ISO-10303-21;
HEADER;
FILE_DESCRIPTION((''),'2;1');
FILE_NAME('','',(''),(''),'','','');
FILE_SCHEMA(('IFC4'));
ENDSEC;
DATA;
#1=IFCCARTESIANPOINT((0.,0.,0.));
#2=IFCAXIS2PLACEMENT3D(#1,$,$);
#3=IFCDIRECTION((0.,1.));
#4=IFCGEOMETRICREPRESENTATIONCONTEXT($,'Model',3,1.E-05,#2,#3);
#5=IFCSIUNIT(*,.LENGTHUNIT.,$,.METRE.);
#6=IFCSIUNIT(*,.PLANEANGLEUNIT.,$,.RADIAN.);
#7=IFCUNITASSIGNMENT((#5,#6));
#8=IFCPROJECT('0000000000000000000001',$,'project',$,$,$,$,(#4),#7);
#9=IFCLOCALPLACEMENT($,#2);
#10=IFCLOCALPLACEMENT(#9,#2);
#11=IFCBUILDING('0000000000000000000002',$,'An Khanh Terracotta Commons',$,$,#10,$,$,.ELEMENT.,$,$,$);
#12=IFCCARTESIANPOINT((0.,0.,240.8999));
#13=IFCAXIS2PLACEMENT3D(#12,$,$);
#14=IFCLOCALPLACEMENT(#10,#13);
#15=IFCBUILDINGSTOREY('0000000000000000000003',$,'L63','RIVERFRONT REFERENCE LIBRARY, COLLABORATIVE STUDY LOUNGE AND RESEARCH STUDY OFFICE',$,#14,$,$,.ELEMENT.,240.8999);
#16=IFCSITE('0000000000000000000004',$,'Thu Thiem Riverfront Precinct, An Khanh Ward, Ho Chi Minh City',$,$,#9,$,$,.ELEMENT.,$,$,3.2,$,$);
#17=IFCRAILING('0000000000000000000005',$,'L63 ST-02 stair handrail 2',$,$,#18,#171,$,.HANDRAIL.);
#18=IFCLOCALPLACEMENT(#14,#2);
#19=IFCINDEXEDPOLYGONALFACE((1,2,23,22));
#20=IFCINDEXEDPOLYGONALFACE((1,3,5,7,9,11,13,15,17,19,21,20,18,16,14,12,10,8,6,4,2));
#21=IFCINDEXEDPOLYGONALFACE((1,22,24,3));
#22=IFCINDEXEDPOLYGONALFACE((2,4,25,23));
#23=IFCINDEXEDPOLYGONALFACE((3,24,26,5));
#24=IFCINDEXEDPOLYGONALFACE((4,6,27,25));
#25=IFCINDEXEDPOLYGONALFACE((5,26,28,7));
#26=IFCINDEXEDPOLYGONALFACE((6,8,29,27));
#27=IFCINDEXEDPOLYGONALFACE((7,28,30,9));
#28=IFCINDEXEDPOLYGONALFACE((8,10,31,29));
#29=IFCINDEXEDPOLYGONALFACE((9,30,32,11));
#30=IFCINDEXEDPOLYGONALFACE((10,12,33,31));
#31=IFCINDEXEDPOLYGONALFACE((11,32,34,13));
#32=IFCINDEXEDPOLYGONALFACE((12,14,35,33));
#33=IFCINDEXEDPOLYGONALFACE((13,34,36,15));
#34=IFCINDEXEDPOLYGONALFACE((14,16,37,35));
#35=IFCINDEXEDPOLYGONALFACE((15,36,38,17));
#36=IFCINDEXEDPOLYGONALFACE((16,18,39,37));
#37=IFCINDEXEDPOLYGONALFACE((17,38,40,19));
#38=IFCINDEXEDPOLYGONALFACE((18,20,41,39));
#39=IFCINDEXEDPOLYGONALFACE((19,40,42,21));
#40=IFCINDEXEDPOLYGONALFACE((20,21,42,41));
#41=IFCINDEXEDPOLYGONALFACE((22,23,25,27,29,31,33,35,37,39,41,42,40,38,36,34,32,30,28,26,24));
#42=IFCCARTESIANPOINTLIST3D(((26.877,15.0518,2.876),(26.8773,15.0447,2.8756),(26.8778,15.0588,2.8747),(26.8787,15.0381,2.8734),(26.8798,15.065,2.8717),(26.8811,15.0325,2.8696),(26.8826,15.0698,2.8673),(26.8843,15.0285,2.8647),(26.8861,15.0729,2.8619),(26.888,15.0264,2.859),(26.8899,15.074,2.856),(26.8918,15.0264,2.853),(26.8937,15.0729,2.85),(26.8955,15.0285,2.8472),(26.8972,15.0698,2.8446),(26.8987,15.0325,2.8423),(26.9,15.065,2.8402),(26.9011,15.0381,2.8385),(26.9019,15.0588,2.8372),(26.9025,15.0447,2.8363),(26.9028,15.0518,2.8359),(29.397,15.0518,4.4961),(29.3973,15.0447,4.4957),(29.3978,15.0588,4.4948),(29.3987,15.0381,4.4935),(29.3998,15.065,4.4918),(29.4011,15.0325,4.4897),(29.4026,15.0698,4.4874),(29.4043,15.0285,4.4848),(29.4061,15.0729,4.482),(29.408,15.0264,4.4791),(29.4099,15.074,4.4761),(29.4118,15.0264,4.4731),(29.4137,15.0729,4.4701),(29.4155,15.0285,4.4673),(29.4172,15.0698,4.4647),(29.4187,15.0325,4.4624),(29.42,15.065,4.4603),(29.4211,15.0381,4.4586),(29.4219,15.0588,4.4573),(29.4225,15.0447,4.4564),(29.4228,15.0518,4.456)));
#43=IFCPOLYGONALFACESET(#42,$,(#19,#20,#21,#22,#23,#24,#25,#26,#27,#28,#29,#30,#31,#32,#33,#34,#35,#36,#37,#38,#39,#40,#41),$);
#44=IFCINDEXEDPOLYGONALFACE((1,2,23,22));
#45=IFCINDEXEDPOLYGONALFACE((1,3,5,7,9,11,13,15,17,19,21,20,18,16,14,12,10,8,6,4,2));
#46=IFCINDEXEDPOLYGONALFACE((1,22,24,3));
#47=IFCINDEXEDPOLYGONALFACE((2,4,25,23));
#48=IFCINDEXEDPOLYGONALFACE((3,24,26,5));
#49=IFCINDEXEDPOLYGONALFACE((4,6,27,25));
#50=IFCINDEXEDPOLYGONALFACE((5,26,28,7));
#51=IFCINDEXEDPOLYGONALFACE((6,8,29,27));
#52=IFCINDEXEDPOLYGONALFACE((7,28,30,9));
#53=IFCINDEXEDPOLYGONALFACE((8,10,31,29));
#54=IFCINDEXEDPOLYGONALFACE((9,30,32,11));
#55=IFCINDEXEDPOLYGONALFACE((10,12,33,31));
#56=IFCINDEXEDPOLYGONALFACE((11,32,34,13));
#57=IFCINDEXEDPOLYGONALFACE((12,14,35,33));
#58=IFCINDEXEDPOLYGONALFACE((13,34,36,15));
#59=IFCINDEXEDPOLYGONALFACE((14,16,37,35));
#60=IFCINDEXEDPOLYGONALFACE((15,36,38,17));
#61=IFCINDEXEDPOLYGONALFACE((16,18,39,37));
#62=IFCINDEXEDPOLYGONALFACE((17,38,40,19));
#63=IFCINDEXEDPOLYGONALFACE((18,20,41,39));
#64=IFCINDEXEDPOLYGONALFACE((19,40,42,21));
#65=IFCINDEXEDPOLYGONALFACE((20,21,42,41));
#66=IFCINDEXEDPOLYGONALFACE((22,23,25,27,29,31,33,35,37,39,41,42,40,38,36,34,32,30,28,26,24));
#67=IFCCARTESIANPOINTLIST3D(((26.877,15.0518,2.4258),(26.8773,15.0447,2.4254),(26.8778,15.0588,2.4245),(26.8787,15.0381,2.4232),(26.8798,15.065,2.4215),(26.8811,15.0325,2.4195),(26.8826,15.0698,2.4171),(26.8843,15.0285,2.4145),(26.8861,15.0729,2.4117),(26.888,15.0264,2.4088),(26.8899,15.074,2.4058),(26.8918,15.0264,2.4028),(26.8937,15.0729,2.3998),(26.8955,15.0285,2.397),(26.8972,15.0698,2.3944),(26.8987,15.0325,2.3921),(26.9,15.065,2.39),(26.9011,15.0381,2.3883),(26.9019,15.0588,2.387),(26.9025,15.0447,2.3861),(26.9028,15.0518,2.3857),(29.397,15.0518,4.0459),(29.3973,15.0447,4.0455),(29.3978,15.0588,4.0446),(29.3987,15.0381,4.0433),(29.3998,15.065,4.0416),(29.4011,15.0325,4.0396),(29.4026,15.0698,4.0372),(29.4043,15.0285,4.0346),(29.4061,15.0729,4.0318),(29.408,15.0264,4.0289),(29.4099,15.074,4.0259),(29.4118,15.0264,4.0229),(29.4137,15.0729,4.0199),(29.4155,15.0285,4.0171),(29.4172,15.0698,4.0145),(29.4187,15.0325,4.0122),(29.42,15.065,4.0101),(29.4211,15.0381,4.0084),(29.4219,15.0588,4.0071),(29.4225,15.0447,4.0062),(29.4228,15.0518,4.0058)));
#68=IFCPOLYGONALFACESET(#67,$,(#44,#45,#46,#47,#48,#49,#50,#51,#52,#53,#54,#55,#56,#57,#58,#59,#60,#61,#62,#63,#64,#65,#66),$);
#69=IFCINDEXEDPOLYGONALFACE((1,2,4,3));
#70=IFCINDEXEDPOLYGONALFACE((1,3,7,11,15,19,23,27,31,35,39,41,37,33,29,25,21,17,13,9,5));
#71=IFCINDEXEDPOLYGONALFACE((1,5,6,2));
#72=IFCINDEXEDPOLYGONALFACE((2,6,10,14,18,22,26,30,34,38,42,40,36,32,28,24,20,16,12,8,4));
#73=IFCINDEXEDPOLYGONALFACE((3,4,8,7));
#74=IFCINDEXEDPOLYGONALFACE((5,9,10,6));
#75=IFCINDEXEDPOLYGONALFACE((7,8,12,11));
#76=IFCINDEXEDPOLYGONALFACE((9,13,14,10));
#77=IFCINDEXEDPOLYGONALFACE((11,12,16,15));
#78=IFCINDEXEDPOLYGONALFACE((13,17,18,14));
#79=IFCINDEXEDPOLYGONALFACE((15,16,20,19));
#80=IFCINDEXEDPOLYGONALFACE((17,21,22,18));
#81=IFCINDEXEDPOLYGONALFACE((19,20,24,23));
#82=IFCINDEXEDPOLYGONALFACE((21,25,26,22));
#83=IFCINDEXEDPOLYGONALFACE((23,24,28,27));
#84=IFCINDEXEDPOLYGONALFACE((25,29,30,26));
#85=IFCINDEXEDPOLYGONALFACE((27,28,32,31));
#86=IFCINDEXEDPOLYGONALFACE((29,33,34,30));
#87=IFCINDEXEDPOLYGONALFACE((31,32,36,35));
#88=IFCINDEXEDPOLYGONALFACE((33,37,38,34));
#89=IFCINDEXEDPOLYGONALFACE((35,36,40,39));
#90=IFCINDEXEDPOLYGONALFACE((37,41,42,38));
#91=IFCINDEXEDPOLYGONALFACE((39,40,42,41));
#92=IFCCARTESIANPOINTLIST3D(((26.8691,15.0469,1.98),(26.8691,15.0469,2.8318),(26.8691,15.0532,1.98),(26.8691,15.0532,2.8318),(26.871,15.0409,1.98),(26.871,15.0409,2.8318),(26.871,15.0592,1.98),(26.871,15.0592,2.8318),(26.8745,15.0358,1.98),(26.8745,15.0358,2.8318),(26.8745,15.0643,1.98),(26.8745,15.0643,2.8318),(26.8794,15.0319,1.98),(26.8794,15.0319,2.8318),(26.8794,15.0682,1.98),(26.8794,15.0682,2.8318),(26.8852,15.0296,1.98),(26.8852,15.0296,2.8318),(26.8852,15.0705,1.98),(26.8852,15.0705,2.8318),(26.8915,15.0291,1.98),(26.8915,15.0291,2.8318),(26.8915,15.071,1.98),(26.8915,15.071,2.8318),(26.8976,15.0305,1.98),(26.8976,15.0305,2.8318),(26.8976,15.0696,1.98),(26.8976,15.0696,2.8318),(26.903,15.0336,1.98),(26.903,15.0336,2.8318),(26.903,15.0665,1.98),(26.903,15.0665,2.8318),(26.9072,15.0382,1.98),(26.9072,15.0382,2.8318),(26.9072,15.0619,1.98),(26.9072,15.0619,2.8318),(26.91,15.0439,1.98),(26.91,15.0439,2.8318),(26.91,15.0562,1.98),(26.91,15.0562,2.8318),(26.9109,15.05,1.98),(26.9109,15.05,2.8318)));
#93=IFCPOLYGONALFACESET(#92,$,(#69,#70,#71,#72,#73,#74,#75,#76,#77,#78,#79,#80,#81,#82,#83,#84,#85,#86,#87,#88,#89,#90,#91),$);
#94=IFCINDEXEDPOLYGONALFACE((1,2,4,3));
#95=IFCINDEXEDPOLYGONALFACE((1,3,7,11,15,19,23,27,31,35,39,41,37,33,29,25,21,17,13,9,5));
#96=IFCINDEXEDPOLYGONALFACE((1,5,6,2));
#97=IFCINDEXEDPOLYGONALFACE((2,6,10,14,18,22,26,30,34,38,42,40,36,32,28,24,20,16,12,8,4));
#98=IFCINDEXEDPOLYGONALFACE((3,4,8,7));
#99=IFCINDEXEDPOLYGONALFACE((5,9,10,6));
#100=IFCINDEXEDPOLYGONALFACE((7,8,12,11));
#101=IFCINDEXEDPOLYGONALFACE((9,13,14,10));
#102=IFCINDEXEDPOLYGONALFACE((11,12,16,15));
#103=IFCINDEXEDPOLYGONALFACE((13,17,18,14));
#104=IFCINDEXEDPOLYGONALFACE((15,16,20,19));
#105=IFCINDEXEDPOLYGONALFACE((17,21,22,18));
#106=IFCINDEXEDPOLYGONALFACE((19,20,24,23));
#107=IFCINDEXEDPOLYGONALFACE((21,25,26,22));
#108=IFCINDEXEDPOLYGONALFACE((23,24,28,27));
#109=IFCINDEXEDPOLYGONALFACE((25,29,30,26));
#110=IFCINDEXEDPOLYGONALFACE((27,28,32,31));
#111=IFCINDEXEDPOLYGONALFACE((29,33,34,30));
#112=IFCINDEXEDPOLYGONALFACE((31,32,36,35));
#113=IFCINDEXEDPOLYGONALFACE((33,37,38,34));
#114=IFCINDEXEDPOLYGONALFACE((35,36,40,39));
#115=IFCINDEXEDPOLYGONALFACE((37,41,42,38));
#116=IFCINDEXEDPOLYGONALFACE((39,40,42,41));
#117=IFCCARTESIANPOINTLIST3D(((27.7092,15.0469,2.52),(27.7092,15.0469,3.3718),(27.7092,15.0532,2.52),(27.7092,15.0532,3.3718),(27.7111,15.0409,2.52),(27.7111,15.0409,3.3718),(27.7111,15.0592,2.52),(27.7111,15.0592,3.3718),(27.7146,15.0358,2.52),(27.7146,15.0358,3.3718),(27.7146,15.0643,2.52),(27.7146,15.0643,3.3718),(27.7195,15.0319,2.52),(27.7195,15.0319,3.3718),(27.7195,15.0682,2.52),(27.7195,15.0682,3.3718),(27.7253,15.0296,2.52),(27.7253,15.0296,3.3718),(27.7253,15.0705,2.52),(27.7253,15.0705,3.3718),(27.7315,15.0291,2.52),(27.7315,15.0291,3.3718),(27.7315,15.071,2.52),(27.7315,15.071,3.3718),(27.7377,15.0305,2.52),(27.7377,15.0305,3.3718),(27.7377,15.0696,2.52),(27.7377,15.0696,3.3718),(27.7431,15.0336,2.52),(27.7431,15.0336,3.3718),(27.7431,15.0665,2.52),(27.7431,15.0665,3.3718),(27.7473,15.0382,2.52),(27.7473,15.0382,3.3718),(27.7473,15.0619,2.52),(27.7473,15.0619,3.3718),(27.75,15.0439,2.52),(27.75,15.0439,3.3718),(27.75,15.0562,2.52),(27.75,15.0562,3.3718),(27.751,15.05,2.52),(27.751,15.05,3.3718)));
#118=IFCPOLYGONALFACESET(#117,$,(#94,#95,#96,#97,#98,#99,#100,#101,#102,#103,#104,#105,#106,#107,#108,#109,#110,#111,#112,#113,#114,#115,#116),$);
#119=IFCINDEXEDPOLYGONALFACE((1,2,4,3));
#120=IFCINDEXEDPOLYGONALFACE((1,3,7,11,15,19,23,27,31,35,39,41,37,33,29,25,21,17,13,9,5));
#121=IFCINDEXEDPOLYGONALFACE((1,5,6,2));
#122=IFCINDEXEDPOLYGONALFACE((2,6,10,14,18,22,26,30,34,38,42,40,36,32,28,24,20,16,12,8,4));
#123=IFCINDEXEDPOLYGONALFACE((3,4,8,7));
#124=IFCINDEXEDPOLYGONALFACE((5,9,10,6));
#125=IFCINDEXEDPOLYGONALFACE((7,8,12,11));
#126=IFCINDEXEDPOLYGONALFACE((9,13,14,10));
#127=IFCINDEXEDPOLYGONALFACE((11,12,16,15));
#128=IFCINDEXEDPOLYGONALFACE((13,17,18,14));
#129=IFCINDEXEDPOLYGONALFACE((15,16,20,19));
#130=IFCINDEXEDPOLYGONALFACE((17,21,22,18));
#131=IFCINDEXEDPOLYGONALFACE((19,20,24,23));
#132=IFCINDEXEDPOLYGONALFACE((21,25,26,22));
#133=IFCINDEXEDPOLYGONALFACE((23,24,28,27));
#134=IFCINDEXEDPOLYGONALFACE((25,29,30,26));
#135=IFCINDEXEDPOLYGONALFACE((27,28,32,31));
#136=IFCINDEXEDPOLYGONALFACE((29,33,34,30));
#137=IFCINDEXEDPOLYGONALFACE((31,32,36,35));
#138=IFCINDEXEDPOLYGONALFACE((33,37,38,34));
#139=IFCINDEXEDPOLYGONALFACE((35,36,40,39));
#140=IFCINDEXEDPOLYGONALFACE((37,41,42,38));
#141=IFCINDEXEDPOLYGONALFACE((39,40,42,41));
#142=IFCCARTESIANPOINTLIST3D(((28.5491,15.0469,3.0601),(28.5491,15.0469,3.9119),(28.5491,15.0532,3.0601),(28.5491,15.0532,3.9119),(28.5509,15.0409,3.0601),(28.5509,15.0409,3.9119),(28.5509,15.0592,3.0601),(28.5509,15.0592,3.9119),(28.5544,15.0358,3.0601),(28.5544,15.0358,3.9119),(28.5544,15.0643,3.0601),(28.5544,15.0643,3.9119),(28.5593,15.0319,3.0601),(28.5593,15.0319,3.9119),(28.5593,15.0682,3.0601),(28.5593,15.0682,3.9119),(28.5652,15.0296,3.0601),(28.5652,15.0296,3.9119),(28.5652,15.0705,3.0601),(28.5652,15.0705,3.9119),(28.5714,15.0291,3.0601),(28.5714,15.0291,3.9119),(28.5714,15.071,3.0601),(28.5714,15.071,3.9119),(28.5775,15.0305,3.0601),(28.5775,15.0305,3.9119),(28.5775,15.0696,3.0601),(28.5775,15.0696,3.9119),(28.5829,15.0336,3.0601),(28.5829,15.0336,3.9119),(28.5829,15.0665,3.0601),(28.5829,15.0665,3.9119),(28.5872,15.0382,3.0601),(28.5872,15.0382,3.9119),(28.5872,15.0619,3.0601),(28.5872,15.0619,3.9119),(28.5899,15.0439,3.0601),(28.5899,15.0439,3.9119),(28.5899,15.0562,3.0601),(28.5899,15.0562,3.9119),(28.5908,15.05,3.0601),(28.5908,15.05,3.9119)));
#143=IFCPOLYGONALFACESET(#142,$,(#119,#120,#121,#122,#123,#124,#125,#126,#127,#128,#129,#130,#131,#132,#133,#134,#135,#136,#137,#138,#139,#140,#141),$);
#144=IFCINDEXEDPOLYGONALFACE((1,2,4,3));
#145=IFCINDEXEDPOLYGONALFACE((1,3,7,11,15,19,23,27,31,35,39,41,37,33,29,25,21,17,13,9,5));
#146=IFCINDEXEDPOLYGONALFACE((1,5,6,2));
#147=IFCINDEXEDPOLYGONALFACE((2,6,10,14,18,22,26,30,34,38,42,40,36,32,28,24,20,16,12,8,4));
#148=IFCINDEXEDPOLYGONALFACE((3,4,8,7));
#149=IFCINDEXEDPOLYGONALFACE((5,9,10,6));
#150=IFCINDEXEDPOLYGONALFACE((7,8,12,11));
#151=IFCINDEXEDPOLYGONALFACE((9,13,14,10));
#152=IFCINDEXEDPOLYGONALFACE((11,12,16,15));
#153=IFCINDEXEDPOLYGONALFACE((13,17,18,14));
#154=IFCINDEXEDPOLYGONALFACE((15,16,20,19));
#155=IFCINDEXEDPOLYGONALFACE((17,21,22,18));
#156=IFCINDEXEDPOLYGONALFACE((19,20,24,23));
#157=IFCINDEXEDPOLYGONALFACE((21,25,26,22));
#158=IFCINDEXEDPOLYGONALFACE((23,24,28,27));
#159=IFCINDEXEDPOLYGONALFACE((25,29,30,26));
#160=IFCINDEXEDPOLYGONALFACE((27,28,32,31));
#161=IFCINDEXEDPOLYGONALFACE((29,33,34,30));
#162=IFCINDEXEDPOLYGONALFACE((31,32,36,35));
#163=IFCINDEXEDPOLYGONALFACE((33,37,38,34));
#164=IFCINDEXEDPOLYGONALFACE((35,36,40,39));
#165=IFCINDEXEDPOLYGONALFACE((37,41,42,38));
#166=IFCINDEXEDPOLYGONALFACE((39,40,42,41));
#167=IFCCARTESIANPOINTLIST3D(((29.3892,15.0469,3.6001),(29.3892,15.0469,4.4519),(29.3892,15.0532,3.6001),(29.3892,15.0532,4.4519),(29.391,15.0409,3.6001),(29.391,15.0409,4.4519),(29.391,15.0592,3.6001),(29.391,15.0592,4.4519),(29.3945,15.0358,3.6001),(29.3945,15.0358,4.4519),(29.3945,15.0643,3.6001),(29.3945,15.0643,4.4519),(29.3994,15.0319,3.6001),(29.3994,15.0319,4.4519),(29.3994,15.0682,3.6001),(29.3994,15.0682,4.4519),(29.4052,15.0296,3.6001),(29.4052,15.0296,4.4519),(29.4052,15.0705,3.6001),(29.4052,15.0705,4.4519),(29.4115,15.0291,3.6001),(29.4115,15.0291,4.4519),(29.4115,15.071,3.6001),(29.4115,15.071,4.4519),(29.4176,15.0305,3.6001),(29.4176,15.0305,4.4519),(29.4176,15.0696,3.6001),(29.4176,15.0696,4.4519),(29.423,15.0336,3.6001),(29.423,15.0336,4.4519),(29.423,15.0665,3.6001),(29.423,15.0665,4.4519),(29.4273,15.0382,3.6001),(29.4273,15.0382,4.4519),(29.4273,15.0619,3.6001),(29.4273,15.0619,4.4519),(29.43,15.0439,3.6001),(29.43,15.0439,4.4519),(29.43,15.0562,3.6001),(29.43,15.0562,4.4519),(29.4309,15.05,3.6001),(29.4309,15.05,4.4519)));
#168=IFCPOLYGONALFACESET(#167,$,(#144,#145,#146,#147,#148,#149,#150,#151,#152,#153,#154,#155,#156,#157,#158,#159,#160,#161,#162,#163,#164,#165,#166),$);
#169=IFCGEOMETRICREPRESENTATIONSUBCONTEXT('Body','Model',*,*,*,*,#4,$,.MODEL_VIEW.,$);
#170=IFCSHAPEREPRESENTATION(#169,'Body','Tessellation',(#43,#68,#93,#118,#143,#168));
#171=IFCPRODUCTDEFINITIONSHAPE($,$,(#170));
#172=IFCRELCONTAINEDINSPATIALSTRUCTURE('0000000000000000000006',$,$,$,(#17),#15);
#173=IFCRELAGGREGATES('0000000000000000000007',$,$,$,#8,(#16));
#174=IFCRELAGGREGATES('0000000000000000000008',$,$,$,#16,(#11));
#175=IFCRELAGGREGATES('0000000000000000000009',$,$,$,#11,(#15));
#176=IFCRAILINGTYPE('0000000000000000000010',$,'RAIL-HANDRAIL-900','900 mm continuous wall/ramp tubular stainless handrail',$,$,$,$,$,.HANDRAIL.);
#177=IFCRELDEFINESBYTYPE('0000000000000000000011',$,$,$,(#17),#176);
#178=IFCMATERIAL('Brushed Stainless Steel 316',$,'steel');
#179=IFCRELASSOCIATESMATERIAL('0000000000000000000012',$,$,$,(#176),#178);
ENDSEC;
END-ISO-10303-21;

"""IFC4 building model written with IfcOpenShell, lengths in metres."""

from ifc_helpers import new_model, si_unit, direction, frame, origin, origin_2d, place, context, subcontext, project, spatial, circle, extrude, material, type_object, element, save


model = new_model("IFC4")

# Units and contexts
model_context = context("Model", 3, precision=1e-05, world=origin(), true_north=direction((0.0, 1.0)))
body_context = subcontext(model_context, "Body", "Model", "MODEL_VIEW")
ifc_project = project(units=[si_unit("LENGTHUNIT", "METRE"), si_unit("PLANEANGLEUNIT", "RADIAN")], contexts=[model_context])

# Site, building, storey
site_placement = place(None, origin())
site = spatial("IfcSite", under=ifc_project, at=site_placement, Name="Thu Thiem Riverfront Precinct, An Khanh Ward, Ho Chi Minh City", CompositionType="ELEMENT", RefElevation=3.2)
building_placement = place(site_placement, origin())
building = spatial("IfcBuilding", under=site, at=building_placement, Name="An Khanh Terracotta Commons", CompositionType="ELEMENT")
storey_placement = place(building_placement, frame((0.0, 0.0, 240.8999)))
storey = spatial("IfcBuildingStorey", under=building, at=storey_placement, Name="L63", Description="RIVERFRONT REFERENCE LIBRARY, COLLABORATIVE STUDY LOUNGE AND RESEARCH STUDY OFFICE", CompositionType="ELEMENT", Elevation=240.8999)

# Railing
ifc_material_1 = material(Name="Brushed Stainless Steel 316", Category="steel")
railing_type_1 = type_object("IfcRailingType", Name="RAIL-HANDRAIL-900", Description="900 mm continuous wall/ramp tubular stainless handrail", PredefinedType="HANDRAIL", material=ifc_material_1)
railing_1_placement = place(storey_placement, frame((26.8899, 15.05, 1.98)))
element("IfcRailing", 1, at=railing_1_placement, inside=storey, type_object=railing_type_1, Name="L63 ST-02 stair handrail 2", PredefinedType="HANDRAIL", context=body_context, shape_type="SweptSolid", body=[
    extrude(circle(Radius=0.0239, at=origin_2d()), frame((0.0, 0.0, 0.876), z_axis=(0.841163, 0.0, 0.540782), x_axis=(0.0, 1.0, 0.0)), (0.0, 0.0, 1.0), 2.9958),
    extrude(circle(Radius=0.0239, at=origin_2d()), frame((0.0, 0.0, 0.4258), z_axis=(0.841163, 0.0, 0.540782), x_axis=(0.0, 1.0, 0.0)), (0.0, 0.0, 1.0), 2.9958),
    extrude(circle(Radius=0.021, at=origin_2d()), origin(), (0.0, 0.0, 1.0), 0.8518),
    extrude(circle(Radius=0.021, at=origin_2d()), frame((0.8401, 0.0, 0.54)), (0.0, 0.0, 1.0), 0.8518),
    extrude(circle(Radius=0.021, at=origin_2d()), frame((1.6799, 0.0, 1.0801)), (0.0, 0.0, 1.0), 0.8518),
    extrude(circle(Radius=0.021, at=origin_2d()), frame((2.52, 0.0, 1.6201)), (0.0, 0.0, 1.0), 0.8518),
])

save(model, "model.ifc")
